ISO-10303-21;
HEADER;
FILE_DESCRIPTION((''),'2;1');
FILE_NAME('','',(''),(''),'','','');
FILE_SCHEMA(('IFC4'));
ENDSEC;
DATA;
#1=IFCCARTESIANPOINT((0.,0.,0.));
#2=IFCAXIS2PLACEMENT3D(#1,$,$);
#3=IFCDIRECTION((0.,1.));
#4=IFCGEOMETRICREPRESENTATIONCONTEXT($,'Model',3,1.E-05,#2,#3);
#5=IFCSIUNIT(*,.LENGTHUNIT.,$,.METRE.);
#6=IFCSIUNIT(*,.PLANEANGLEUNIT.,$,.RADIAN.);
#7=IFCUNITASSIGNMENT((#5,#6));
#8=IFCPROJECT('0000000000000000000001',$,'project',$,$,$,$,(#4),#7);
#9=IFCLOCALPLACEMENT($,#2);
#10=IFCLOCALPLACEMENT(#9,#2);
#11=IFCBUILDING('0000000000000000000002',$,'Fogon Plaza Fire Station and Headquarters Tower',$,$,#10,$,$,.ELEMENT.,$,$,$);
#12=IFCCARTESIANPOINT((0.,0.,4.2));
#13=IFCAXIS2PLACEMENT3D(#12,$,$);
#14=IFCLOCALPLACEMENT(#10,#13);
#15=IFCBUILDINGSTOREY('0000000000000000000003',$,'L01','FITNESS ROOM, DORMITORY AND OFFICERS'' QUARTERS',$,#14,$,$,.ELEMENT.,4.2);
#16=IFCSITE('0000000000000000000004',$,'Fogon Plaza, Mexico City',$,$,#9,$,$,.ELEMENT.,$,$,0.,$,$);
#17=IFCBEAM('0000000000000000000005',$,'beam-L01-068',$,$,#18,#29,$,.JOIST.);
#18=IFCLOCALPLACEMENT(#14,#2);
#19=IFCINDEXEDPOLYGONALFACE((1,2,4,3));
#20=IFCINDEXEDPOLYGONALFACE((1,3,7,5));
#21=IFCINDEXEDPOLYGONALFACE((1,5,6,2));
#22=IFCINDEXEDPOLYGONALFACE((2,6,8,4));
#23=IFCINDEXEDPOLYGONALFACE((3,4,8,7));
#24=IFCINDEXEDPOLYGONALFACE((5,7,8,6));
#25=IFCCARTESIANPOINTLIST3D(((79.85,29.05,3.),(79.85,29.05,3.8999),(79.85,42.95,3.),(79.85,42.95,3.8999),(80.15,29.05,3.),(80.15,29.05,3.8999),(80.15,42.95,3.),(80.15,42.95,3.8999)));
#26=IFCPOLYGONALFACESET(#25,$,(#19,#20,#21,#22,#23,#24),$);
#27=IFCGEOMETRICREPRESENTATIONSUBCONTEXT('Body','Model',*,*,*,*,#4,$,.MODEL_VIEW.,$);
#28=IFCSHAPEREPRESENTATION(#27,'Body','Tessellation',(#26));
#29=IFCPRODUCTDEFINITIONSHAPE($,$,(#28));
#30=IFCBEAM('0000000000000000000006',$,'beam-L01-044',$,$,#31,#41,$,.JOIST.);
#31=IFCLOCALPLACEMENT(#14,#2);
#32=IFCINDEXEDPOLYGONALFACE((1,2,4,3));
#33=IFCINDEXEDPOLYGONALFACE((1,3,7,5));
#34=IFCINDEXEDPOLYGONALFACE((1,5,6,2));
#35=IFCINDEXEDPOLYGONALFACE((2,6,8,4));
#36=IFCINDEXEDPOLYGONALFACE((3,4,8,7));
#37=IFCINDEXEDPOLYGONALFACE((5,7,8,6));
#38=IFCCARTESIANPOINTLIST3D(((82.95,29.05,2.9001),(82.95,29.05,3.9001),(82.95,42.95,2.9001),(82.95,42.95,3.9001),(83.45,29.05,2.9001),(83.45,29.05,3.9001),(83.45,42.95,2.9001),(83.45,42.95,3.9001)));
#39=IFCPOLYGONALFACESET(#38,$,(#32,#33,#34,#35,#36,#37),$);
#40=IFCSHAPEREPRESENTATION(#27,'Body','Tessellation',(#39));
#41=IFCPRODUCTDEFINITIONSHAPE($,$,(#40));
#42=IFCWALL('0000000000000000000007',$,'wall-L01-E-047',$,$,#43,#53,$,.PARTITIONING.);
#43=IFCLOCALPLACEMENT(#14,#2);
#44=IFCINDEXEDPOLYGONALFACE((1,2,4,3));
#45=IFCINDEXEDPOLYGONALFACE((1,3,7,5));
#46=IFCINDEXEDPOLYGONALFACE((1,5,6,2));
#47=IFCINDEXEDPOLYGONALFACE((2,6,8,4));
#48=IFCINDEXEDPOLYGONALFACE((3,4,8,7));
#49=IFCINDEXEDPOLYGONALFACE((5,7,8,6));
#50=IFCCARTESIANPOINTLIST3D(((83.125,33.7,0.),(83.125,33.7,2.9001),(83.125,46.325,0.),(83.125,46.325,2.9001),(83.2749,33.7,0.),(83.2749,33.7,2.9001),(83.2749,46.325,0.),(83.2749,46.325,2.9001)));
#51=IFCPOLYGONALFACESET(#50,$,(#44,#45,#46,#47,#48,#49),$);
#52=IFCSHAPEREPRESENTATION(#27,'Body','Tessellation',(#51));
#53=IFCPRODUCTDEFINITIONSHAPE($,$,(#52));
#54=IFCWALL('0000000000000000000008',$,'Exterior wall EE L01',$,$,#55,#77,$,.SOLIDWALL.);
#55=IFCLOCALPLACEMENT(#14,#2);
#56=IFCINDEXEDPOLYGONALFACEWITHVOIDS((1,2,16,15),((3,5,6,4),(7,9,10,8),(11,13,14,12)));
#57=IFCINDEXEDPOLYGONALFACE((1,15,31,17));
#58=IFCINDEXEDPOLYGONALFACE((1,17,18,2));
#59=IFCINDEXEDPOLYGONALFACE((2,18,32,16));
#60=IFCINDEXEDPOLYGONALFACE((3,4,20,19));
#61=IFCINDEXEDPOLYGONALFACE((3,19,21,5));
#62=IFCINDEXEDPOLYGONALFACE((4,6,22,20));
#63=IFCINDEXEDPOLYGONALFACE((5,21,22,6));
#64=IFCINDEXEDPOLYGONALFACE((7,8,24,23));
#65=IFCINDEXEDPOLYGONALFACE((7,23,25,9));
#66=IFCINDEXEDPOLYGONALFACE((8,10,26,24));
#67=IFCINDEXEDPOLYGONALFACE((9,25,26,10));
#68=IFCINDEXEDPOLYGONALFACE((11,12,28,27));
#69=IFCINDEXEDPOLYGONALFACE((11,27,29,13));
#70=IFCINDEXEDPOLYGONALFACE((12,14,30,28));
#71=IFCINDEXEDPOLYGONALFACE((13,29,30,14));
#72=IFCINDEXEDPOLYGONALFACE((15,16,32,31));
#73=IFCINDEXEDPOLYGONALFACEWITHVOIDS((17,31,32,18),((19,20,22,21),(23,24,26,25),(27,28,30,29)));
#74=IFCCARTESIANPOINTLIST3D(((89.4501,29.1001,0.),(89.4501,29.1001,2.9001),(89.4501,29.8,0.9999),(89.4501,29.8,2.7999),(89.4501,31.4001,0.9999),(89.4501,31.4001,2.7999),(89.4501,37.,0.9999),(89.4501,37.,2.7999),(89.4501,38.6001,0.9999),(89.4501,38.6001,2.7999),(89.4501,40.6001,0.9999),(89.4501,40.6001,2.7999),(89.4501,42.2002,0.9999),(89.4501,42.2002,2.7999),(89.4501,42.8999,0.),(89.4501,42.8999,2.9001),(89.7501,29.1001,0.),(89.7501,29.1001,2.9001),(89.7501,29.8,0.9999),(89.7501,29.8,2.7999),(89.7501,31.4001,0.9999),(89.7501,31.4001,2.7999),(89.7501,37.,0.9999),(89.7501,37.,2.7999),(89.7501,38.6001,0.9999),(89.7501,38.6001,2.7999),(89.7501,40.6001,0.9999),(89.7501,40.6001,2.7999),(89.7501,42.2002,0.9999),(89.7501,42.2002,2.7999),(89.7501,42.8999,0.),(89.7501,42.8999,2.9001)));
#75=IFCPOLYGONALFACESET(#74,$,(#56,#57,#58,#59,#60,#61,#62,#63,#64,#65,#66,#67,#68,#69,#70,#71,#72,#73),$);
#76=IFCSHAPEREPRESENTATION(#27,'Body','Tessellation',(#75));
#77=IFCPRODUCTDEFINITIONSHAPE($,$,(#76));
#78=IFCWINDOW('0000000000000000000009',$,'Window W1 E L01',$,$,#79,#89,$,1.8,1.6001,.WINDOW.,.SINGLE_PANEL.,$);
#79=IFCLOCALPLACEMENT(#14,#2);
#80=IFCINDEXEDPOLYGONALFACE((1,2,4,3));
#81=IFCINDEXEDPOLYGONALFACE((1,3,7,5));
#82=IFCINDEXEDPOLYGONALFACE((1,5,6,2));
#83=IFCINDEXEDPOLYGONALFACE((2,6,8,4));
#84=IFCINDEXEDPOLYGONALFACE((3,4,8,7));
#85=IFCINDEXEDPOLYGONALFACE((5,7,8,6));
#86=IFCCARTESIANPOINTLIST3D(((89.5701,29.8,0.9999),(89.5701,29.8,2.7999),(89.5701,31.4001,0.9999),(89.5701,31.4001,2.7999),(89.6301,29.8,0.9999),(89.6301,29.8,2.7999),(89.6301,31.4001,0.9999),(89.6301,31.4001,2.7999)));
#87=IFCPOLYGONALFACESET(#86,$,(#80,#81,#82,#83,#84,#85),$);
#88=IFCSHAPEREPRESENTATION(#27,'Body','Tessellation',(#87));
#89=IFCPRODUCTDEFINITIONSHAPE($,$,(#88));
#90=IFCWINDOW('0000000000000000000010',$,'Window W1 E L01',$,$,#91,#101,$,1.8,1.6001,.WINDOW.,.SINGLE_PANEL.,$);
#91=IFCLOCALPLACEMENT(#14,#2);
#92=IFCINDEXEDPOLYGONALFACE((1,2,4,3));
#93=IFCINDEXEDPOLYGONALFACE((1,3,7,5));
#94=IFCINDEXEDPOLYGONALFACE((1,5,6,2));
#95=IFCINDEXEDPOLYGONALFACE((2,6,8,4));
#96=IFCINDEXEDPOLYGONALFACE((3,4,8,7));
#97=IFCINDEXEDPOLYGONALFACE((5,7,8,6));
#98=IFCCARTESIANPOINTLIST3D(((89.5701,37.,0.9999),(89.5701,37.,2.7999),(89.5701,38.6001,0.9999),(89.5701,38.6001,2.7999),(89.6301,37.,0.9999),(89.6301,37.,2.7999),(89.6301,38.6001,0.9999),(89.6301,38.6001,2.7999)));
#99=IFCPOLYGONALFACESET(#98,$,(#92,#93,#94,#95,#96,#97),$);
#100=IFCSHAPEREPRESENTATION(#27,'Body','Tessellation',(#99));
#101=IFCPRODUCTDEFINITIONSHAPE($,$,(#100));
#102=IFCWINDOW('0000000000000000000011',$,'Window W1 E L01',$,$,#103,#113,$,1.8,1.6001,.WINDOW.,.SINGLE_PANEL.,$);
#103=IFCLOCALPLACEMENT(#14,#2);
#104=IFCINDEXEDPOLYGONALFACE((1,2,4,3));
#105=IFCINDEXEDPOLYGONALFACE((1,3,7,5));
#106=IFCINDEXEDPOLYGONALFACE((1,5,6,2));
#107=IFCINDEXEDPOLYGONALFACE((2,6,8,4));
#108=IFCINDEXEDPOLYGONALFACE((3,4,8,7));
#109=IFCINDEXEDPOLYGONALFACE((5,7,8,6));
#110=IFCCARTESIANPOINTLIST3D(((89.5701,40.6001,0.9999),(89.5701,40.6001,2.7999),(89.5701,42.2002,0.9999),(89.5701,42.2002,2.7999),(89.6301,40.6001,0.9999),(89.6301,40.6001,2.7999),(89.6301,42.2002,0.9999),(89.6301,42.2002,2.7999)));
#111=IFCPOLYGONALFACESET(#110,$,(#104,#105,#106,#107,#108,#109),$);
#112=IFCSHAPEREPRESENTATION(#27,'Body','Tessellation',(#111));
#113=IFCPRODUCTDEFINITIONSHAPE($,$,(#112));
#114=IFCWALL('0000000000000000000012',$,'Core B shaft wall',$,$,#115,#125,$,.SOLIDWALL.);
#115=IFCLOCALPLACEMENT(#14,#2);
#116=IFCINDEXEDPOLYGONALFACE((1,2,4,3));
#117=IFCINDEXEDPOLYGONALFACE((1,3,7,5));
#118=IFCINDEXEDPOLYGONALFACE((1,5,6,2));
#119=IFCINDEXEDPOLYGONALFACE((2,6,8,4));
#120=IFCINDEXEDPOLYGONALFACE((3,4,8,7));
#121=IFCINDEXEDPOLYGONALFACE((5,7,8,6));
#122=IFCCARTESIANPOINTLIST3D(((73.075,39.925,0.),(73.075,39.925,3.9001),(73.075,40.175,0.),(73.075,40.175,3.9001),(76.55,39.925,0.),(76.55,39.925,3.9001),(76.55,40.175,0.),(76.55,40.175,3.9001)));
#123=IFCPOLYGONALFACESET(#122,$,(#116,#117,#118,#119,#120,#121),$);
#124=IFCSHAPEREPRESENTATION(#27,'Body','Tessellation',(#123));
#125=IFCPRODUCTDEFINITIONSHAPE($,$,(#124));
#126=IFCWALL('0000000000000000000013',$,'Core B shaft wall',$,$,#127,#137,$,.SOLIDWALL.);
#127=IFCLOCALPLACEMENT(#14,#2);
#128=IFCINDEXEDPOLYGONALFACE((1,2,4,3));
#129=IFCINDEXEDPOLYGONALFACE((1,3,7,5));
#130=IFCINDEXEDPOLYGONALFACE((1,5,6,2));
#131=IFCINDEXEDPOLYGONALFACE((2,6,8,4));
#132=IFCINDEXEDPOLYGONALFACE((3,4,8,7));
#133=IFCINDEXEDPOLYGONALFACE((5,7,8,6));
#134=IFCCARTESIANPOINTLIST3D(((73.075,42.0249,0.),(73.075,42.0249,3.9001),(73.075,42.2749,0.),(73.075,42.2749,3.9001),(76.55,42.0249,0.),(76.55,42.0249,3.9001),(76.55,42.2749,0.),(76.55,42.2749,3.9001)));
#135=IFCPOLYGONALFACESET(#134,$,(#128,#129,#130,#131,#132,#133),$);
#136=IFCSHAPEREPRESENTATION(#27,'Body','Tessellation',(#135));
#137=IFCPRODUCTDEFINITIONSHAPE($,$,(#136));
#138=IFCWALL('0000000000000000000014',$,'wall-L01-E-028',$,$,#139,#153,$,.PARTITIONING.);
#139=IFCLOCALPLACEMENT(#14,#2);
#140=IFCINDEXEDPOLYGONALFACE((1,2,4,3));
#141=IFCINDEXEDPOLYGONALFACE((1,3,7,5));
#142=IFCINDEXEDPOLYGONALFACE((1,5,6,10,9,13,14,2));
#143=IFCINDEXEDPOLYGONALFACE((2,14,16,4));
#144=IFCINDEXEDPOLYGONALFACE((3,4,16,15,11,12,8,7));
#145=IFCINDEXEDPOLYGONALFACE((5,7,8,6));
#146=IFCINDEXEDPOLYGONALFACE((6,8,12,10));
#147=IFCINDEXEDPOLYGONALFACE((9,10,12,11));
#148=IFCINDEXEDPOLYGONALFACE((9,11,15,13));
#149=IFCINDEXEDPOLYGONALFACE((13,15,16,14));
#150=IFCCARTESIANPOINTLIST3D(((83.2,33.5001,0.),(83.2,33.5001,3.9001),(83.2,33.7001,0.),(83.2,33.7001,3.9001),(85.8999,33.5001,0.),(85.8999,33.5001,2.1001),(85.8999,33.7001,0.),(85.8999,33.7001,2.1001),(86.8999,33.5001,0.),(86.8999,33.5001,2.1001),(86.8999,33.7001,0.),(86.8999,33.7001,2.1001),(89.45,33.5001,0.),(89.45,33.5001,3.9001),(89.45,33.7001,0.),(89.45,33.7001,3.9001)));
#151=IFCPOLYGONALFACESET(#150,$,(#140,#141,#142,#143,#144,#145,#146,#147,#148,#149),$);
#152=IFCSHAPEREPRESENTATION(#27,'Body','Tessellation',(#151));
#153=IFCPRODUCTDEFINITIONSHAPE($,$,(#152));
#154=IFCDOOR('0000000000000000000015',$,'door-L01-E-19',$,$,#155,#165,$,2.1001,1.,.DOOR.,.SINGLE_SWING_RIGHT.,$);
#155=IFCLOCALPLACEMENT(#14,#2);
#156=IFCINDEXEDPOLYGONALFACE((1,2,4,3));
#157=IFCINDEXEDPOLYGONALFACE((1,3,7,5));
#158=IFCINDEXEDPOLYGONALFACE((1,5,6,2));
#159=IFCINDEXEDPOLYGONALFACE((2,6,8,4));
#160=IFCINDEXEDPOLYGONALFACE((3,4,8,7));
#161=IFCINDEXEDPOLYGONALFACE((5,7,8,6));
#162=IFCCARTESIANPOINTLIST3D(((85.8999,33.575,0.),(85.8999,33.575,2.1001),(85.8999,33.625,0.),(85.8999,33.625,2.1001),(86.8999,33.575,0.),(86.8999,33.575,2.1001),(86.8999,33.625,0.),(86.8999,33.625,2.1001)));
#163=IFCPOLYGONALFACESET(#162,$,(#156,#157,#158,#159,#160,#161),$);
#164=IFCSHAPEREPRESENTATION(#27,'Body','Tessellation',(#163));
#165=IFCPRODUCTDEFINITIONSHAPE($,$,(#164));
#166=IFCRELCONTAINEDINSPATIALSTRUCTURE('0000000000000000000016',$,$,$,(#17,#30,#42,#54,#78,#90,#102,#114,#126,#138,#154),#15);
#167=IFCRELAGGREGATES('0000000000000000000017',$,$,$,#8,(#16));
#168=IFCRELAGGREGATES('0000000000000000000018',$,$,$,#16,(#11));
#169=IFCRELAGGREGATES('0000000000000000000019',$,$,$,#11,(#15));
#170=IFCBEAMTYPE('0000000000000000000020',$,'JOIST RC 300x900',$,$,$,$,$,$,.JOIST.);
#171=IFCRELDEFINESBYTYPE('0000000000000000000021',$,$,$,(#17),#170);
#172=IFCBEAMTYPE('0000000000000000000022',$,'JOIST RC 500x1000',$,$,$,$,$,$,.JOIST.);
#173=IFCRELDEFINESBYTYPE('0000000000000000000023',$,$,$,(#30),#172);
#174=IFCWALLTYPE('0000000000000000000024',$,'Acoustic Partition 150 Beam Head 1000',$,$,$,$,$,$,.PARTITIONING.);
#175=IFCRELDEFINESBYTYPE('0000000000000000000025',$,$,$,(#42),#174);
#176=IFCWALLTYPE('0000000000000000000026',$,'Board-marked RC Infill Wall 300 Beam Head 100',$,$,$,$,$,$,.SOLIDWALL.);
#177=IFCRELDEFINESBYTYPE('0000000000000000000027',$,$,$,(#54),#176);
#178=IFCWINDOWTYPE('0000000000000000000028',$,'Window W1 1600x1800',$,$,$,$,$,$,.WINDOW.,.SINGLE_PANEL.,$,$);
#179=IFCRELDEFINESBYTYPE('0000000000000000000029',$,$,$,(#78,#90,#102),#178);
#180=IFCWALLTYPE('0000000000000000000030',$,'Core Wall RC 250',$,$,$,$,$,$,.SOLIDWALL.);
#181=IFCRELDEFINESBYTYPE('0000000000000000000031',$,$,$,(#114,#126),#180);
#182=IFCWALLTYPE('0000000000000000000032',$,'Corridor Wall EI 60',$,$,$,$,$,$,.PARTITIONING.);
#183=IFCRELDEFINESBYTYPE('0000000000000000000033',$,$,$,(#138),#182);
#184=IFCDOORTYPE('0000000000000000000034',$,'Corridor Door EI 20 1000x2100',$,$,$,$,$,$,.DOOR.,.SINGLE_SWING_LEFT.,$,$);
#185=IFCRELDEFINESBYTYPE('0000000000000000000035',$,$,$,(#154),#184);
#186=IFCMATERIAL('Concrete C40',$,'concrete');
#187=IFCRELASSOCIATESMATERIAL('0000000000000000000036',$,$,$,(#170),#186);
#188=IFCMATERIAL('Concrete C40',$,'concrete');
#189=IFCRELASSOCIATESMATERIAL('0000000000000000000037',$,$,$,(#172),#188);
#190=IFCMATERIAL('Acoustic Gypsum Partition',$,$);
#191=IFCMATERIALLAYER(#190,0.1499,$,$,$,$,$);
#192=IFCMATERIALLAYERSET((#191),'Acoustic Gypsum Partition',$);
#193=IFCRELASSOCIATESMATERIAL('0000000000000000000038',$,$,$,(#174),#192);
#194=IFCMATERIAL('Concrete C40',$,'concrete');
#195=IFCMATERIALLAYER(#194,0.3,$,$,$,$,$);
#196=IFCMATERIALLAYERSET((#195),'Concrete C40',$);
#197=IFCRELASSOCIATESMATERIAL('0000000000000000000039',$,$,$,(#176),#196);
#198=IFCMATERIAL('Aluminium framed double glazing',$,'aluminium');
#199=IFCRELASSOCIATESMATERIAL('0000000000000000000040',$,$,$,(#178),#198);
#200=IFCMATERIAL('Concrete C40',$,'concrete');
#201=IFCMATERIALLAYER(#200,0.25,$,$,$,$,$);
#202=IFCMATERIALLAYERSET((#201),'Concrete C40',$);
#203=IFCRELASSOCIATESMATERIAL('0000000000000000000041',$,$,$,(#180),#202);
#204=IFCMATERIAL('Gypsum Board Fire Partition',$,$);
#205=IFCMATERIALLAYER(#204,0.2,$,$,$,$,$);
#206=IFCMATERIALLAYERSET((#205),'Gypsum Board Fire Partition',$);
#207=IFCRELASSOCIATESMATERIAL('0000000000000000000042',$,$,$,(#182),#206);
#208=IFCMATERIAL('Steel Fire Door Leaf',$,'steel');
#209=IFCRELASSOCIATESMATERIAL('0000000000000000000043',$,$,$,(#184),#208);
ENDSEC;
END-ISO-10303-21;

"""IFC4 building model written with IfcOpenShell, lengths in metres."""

from ifc_helpers import new_model, si_unit, direction, frame, frame_2d, origin, origin_2d, place, context, subcontext, project, spatial, rectangle, extrude, material, layer, layer_set, material_profile, profile_set, type_object, element, fill, save


model = new_model("IFC4")

# Units and contexts
model_context = context("Model", 3, precision=1e-05, world=origin(), true_north=direction((0.0, 1.0)))
body_context = subcontext(model_context, "Body", "Model", "MODEL_VIEW")
ifc_project = project(units=[si_unit("LENGTHUNIT", "METRE"), si_unit("PLANEANGLEUNIT", "RADIAN")], contexts=[model_context])

# Site, building, storey
site_placement = place(None, origin())
site = spatial("IfcSite", under=ifc_project, at=site_placement, Name="Fogon Plaza, Mexico City", CompositionType="ELEMENT", RefElevation=0.0)
building_placement = place(site_placement, origin())
building = spatial("IfcBuilding", under=site, at=building_placement, Name="Fogon Plaza Fire Station and Headquarters Tower", CompositionType="ELEMENT")
storey_placement = place(building_placement, frame((0.0, 0.0, 4.2)))
storey = spatial("IfcBuildingStorey", under=building, at=storey_placement, Name="L01", Description="FITNESS ROOM, DORMITORY AND OFFICERS' QUARTERS", CompositionType="ELEMENT", Elevation=4.2)

# Beams
ifc_material_1 = material(Name="Concrete C40", Category="concrete")
ifc_material_profile_1 = material_profile(ifc_material_1, rectangle(XDim=0.3, YDim=0.8999, at=origin_2d()), Name="RC 300x900")
ifc_profile_set_1 = profile_set([ifc_material_profile_1], Name="Concrete C40")
beam_type_1 = type_object("IfcBeamType", Name="JOIST RC 300x900", PredefinedType="JOIST", material=ifc_profile_set_1)
for number, where, z_axis, x_axis, name in (
    (1, (80.0, 29.05, 3.45), (0.0, 1.0, 0.0), (-1.0, 0.0, 0.0), "beam-L01-068"),
):
    element("IfcBeam", number, at=place(storey_placement, frame(where, z_axis=z_axis, x_axis=x_axis)), inside=storey, type_object=beam_type_1, Name=name, PredefinedType="JOIST", context=body_context, shape_type="SweptSolid", body=[
        extrude(rectangle(XDim=0.3, YDim=0.8999, at=origin_2d()), origin(), (0.0, 0.0, 1.0), 13.8999),
    ])
ifc_material_2 = material(Name="Concrete C40", Category="concrete")
ifc_material_profile_2 = material_profile(ifc_material_2, rectangle(XDim=0.5, YDim=1.0, at=origin_2d()), Name="RC 500x1000")
ifc_profile_set_2 = profile_set([ifc_material_profile_2], Name="Concrete C40")
beam_type_2 = type_object("IfcBeamType", Name="JOIST RC 500x1000", PredefinedType="JOIST", material=ifc_profile_set_2)
beam_1_placement = place(storey_placement, frame((83.2, 29.05, 3.4001), z_axis=(0.0, 1.0, 0.0), x_axis=(-1.0, 0.0, 0.0)))
element("IfcBeam", 2, at=beam_1_placement, inside=storey, type_object=beam_type_2, Name="beam-L01-044", PredefinedType="JOIST", context=body_context, shape_type="SweptSolid", body=[
    extrude(rectangle(XDim=0.5, YDim=1.0, at=origin_2d()), origin(), (0.0, 0.0, 1.0), 13.8999),
])

# Wall
ifc_material_3 = material(Name="Acoustic Gypsum Partition")
ifc_layer_1 = layer(ifc_material_3, 0.1499)
ifc_layer_set_1 = layer_set([ifc_layer_1], Name="Acoustic Gypsum Partition")
wall_type_1 = type_object("IfcWallType", Name="Acoustic Partition 150 Beam Head 1000", PredefinedType="PARTITIONING", material=ifc_layer_set_1)
wall_1_placement = place(storey_placement, frame((83.2, 33.7, 0.0), z_axis=(0.0, 0.0, 1.0), x_axis=(0.0, 1.0, 0.0)))
element("IfcWall", 3, at=wall_1_placement, inside=storey, type_object=wall_type_1, Name="wall-L01-E-047", PredefinedType="PARTITIONING", context=body_context, shape_type="SweptSolid", body=[
    extrude(rectangle(XDim=12.625, YDim=0.1499, at=frame_2d((6.3125, 0.0))), origin(), (0.0, 0.0, 1.0), 2.9001),
])

# Wall, openings, windows
ifc_material_4 = material(Name="Concrete C40", Category="concrete")
ifc_layer_2 = layer(ifc_material_4, 0.3)
ifc_layer_set_2 = layer_set([ifc_layer_2], Name="Concrete C40")
wall_type_2 = type_object("IfcWallType", Name="Board-marked RC Infill Wall 300 Beam Head 100", PredefinedType="SOLIDWALL", material=ifc_layer_set_2)
wall_2_placement = place(storey_placement, frame((89.6001, 29.1001, 0.0), z_axis=(0.0, 0.0, 1.0), x_axis=(0.0, 1.0, 0.0)))
wall_2 = element("IfcWall", 4, at=wall_2_placement, inside=storey, type_object=wall_type_2, Name="Exterior wall EE L01", PredefinedType="SOLIDWALL", context=body_context, shape_type="SweptSolid", body=[
    extrude(rectangle(XDim=13.7998, YDim=0.3, at=frame_2d((6.8999, 0.0))), origin(), (0.0, 0.0, 1.0), 2.9001),
])
opening_1_placement = place(wall_2_placement, frame((0.7, 0.0, 1.0)))
opening_1 = element("IfcOpeningElement", 5, at=opening_1_placement, cuts=wall_2, PredefinedType="OPENING", context=body_context, shape_type="SweptSolid", body=[
    extrude(rectangle(XDim=1.6001, YDim=1.8, at=frame_2d((0.8, 0.8999))), frame((0.0, 0.1599, 0.0), z_axis=(0.0, -1.0, 0.0), x_axis=(1.0, 0.0, 0.0)), (0.0, 0.0, 1.0), 0.3201),
])
opening_2_placement = place(wall_2_placement, frame((7.8999, 0.0, 1.0)))
opening_2 = element("IfcOpeningElement", 6, at=opening_2_placement, cuts=wall_2, PredefinedType="OPENING", context=body_context, shape_type="SweptSolid", body=[
    extrude(rectangle(XDim=1.6001, YDim=1.8, at=frame_2d((0.8, 0.8999))), frame((0.0, 0.1599, 0.0), z_axis=(0.0, -1.0, 0.0), x_axis=(1.0, 0.0, 0.0)), (0.0, 0.0, 1.0), 0.3201),
])
opening_3_placement = place(wall_2_placement, frame((11.5, 0.0, 1.0)))
opening_3 = element("IfcOpeningElement", 7, at=opening_3_placement, cuts=wall_2, PredefinedType="OPENING", context=body_context, shape_type="SweptSolid", body=[
    extrude(rectangle(XDim=1.6001, YDim=1.8, at=frame_2d((0.8, 0.8999))), frame((0.0, 0.1599, 0.0), z_axis=(0.0, -1.0, 0.0), x_axis=(1.0, 0.0, 0.0)), (0.0, 0.0, 1.0), 0.3201),
])
ifc_material_5 = material(Name="Aluminium framed double glazing", Category="aluminium")
window_type = type_object("IfcWindowType", Name="Window W1 1600x1800", PartitioningType="SINGLE_PANEL", PredefinedType="WINDOW", material=ifc_material_5)
window_1_placement = place(opening_1_placement, origin())
window_1 = element("IfcWindow", 8, at=window_1_placement, inside=storey, type_object=window_type, Name="Window W1 E L01", OverallHeight=1.8, OverallWidth=1.6001, PartitioningType="SINGLE_PANEL", PredefinedType="WINDOW", context=body_context, shape_type="SweptSolid", body=[
    extrude(rectangle(XDim=1.6001, YDim=1.8, at=frame_2d((0.8, 0.8999))), frame((0.0, 0.03, 0.0), z_axis=(0.0, -1.0, 0.0), x_axis=(1.0, 0.0, 0.0)), (0.0, 0.0, 1.0), 0.0601),
])
fill(opening_1, window_1)
window_2_placement = place(opening_2_placement, origin())
window_2 = element("IfcWindow", 9, at=window_2_placement, inside=storey, type_object=window_type, Name="Window W1 E L01", OverallHeight=1.8, OverallWidth=1.6001, PartitioningType="SINGLE_PANEL", PredefinedType="WINDOW", context=body_context, shape_type="SweptSolid", body=[
    extrude(rectangle(XDim=1.6001, YDim=1.8, at=frame_2d((0.8, 0.8999))), frame((0.0, 0.03, 0.0), z_axis=(0.0, -1.0, 0.0), x_axis=(1.0, 0.0, 0.0)), (0.0, 0.0, 1.0), 0.0601),
])
fill(opening_2, window_2)
window_3_placement = place(opening_3_placement, origin())
window_3 = element("IfcWindow", 10, at=window_3_placement, inside=storey, type_object=window_type, Name="Window W1 E L01", OverallHeight=1.8, OverallWidth=1.6001, PartitioningType="SINGLE_PANEL", PredefinedType="WINDOW", context=body_context, shape_type="SweptSolid", body=[
    extrude(rectangle(XDim=1.6001, YDim=1.8, at=frame_2d((0.8, 0.8999))), frame((0.0, 0.03, 0.0), z_axis=(0.0, -1.0, 0.0), x_axis=(1.0, 0.0, 0.0)), (0.0, 0.0, 1.0), 0.0601),
])
fill(opening_3, window_3)

# Walls
ifc_material_6 = material(Name="Concrete C40", Category="concrete")
ifc_layer_3 = layer(ifc_material_6, 0.25)
ifc_layer_set_3 = layer_set([ifc_layer_3], Name="Concrete C40")
wall_type_3 = type_object("IfcWallType", Name="Core Wall RC 250", PredefinedType="SOLIDWALL", material=ifc_layer_set_3)
for number, where, z_axis, x_axis, name in (
    (11, (76.55, 40.05, 0.0), (0.0, 0.0, 1.0), (-1.0, 0.0, 0.0), "Core B shaft wall"),
    (12, (76.55, 42.1499, 0.0), (0.0, 0.0, 1.0), (-1.0, 0.0, 0.0), "Core B shaft wall"),
):
    element("IfcWall", number, at=place(storey_placement, frame(where, z_axis=z_axis, x_axis=x_axis)), inside=storey, type_object=wall_type_3, Name=name, PredefinedType="SOLIDWALL", context=body_context, shape_type="SweptSolid", body=[
        extrude(rectangle(XDim=3.4751, YDim=0.25, at=frame_2d((1.7375, 0.0))), origin(), (0.0, 0.0, 1.0), 3.9001),
    ])

# Wall, opening, door
ifc_material_7 = material(Name="Gypsum Board Fire Partition")
ifc_layer_4 = layer(ifc_material_7, 0.2)
ifc_layer_set_4 = layer_set([ifc_layer_4], Name="Gypsum Board Fire Partition")
wall_type_4 = type_object("IfcWallType", Name="Corridor Wall EI 60", PredefinedType="PARTITIONING", material=ifc_layer_set_4)
wall_3_placement = place(storey_placement, frame((89.45, 33.6001, 0.0), z_axis=(0.0, 0.0, 1.0), x_axis=(-1.0, 0.0, 0.0)))
wall_3 = element("IfcWall", 13, at=wall_3_placement, inside=storey, type_object=wall_type_4, Name="wall-L01-E-028", PredefinedType="PARTITIONING", context=body_context, shape_type="SweptSolid", body=[
    extrude(rectangle(XDim=6.25, YDim=0.2, at=frame_2d((3.125, 0.0))), origin(), (0.0, 0.0, 1.0), 3.9001),
])
opening_4_placement = place(wall_3_placement, frame((2.55, 0.0, 0.0)))
opening_4 = element("IfcOpeningElement", 14, at=opening_4_placement, cuts=wall_3, PredefinedType="OPENING", context=body_context, shape_type="SweptSolid", body=[
    extrude(rectangle(XDim=1.0, YDim=2.1001, at=frame_2d((0.5, 1.05))), frame((0.0, 0.1099, 0.0), z_axis=(0.0, -1.0, 0.0), x_axis=(1.0, 0.0, 0.0)), (0.0, 0.0, 1.0), 0.22),
])
ifc_material_8 = material(Name="Steel Fire Door Leaf", Category="steel")
door_type_1 = type_object("IfcDoorType", Name="Corridor Door EI 20 1000x2100", OperationType="SINGLE_SWING_LEFT", PredefinedType="DOOR", material=ifc_material_8)
door_1_placement = place(opening_4_placement, frame((1.0, 0.0, 0.0), z_axis=(0.0, 0.0, 1.0), x_axis=(-1.0, 0.0, 0.0)))
door_1 = element("IfcDoor", 15, at=door_1_placement, inside=storey, type_object=door_type_1, Name="door-L01-E-19", OperationType="SINGLE_SWING_RIGHT", OverallHeight=2.1001, OverallWidth=1.0, PredefinedType="DOOR", context=body_context, shape_type="SweptSolid", body=[
    extrude(rectangle(XDim=1.0, YDim=2.1001, at=frame_2d((0.5, 1.05))), frame((0.0, 0.0249, 0.0), z_axis=(0.0, -1.0, 0.0), x_axis=(1.0, 0.0, 0.0)), (0.0, 0.0, 1.0), 0.05),
])
fill(opening_4, door_1)

save(model, "model.ifc")
